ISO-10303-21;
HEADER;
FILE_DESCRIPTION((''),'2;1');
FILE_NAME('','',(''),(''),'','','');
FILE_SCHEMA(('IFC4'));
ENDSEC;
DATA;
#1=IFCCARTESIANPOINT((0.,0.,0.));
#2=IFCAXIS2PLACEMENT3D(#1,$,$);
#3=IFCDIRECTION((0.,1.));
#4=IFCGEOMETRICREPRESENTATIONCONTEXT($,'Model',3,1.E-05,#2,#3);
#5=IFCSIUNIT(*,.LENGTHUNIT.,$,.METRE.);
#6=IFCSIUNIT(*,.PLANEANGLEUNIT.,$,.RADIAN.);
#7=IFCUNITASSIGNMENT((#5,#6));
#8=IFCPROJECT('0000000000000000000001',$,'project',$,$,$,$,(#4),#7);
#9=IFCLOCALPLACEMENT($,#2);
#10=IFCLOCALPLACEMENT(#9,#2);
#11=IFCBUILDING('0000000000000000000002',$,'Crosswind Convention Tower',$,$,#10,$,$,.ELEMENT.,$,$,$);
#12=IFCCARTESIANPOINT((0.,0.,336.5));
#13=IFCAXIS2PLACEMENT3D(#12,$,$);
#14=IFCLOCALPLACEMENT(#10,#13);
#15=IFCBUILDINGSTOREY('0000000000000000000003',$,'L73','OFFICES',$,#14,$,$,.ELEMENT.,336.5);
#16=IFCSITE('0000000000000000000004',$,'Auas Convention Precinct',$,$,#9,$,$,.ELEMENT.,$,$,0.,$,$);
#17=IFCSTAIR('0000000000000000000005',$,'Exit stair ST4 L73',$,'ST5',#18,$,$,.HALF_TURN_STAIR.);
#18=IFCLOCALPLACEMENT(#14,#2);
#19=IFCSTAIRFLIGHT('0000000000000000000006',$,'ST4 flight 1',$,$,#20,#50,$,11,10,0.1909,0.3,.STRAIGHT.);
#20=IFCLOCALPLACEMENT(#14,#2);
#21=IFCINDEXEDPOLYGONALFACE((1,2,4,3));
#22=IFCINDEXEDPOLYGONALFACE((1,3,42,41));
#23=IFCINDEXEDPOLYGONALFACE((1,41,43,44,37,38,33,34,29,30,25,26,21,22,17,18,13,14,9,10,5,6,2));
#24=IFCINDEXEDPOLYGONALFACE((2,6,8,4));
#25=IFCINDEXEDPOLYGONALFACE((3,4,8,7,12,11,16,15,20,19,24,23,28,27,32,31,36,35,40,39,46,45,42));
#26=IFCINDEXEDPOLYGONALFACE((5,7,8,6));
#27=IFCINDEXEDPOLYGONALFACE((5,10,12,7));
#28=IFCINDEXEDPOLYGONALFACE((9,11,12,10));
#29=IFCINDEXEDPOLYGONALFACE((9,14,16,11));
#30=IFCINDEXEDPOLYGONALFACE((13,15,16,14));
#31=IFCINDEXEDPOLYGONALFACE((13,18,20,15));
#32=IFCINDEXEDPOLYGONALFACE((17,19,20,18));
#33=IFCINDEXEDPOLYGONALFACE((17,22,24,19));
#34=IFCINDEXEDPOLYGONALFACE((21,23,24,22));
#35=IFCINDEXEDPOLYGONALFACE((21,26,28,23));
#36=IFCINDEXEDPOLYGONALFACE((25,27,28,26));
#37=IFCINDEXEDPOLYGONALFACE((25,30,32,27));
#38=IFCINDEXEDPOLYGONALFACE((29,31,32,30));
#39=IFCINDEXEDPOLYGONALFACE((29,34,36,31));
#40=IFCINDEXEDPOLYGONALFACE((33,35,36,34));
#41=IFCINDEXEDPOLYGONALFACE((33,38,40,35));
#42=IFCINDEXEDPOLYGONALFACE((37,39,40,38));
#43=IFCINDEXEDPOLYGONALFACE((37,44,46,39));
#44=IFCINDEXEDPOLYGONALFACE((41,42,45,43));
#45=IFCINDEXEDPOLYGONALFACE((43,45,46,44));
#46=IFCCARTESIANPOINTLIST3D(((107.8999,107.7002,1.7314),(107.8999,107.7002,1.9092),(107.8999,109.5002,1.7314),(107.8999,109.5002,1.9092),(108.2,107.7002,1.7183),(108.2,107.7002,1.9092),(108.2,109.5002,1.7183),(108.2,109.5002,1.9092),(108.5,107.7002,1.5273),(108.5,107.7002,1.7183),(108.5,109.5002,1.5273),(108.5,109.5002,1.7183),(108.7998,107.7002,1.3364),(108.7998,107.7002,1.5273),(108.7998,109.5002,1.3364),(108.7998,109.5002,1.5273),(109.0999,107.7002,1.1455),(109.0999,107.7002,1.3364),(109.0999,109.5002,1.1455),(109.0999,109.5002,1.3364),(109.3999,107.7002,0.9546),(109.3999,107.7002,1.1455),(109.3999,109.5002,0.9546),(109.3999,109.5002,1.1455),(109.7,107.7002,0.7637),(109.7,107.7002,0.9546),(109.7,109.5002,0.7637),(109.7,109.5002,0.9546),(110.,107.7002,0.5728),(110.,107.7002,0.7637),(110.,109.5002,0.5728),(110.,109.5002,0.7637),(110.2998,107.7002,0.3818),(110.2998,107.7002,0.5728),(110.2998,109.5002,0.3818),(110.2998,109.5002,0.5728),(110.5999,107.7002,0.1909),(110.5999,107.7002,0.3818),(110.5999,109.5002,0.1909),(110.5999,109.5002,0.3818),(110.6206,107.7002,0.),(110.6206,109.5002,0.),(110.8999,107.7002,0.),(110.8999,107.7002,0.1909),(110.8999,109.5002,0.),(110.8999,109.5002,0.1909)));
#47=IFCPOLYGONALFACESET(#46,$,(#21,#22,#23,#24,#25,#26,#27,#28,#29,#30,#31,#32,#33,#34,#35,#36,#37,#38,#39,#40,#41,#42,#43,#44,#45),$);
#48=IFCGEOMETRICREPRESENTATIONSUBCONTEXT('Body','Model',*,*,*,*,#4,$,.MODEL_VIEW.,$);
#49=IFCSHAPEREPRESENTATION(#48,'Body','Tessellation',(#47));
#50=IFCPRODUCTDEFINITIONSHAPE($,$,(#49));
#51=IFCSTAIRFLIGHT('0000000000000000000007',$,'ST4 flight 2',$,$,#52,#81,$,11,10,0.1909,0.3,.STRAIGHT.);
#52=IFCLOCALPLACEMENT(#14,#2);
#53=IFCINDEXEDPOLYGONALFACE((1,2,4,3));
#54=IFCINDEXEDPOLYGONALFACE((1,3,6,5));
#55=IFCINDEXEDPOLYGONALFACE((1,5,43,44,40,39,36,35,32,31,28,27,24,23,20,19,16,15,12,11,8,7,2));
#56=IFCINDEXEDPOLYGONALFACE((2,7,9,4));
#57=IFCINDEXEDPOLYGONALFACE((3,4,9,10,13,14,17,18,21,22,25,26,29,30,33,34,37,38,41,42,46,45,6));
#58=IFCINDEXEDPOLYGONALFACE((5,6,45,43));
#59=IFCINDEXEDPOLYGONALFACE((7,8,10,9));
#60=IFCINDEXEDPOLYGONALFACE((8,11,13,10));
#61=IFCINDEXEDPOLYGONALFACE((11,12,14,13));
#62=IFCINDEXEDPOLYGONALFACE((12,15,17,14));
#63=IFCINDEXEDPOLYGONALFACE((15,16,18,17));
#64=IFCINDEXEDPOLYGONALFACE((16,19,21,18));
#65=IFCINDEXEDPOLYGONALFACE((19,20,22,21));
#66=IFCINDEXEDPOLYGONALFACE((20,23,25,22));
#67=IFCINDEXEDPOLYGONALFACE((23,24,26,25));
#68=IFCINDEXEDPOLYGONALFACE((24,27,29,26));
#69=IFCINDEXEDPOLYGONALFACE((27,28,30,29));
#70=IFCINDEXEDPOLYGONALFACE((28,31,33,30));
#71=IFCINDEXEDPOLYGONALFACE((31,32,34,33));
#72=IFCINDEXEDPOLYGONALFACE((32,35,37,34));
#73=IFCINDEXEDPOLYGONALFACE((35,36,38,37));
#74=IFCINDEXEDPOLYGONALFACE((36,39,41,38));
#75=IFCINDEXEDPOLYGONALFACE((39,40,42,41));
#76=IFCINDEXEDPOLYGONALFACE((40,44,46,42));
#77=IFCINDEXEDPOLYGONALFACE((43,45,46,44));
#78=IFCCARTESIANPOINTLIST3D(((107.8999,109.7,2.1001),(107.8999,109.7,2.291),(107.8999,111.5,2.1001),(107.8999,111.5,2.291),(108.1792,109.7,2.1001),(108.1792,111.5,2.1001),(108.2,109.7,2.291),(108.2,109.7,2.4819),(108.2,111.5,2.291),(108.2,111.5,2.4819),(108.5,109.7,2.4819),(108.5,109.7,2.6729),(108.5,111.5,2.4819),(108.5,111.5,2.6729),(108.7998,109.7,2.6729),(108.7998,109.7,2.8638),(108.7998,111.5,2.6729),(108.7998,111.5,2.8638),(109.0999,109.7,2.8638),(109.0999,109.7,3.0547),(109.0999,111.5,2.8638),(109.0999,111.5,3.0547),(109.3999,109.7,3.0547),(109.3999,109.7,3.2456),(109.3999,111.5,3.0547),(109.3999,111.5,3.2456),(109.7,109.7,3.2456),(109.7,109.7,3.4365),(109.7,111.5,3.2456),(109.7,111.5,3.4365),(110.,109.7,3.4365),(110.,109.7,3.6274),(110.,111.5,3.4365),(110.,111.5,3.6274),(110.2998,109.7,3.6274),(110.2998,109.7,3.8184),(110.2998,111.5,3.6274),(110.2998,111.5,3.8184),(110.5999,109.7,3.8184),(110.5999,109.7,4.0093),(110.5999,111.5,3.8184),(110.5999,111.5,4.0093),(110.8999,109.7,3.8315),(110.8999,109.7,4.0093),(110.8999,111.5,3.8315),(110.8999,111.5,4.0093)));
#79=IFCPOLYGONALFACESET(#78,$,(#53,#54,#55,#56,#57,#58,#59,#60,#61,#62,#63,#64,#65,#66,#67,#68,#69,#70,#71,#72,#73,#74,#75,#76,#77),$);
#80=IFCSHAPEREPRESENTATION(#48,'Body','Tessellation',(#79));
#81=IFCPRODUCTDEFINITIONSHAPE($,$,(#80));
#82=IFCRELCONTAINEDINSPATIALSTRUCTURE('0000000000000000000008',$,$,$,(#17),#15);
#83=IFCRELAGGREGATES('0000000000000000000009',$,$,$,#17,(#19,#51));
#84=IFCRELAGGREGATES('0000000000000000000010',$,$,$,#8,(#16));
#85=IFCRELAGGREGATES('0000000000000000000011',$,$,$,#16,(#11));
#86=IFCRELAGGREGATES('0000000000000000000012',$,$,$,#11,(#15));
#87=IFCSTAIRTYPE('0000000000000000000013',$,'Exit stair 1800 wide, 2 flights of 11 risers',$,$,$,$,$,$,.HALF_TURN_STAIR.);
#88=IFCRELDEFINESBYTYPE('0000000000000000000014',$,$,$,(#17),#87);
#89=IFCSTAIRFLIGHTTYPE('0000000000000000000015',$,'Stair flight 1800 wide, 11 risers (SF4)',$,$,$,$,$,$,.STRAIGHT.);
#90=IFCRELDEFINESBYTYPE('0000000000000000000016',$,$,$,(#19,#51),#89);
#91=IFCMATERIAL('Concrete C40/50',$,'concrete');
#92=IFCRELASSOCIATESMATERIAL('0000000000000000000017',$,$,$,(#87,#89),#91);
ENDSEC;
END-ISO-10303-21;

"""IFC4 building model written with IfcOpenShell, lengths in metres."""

from ifc_helpers import new_model, si_unit, direction, frame, origin, place, context, subcontext, project, spatial, polyline, outline, extrude, material, type_object, element, aggregate, save


model = new_model("IFC4")

# Units and contexts
model_context = context("Model", 3, precision=1e-05, world=origin(), true_north=direction((0.0, 1.0)))
body_context = subcontext(model_context, "Body", "Model", "MODEL_VIEW")
ifc_project = project(units=[si_unit("LENGTHUNIT", "METRE"), si_unit("PLANEANGLEUNIT", "RADIAN")], contexts=[model_context])

# Site, building, storey
site_placement = place(None, origin())
site = spatial("IfcSite", under=ifc_project, at=site_placement, Name="Auas Convention Precinct", CompositionType="ELEMENT", RefElevation=0.0)
building_placement = place(site_placement, origin())
building = spatial("IfcBuilding", under=site, at=building_placement, Name="Crosswind Convention Tower", CompositionType="ELEMENT")
storey_placement = place(building_placement, frame((0.0, 0.0, 336.5)))
storey = spatial("IfcBuildingStorey", under=building, at=storey_placement, Name="L73", Description="OFFICES", CompositionType="ELEMENT", Elevation=336.5)

# Stair, stair flights
ifc_material_1 = material(Name="Concrete C40/50", Category="concrete")
stair_type = type_object("IfcStairType", Name="Exit stair 1800 wide, 2 flights of 11 risers", PredefinedType="HALF_TURN_STAIR", material=ifc_material_1)
stair_placement = place(storey_placement, origin())
stair = element("IfcStair", 1, at=stair_placement, inside=storey, type_object=stair_type, Name="Exit stair ST4 L73", ObjectType="ST5", PredefinedType="HALF_TURN_STAIR")
stair_flight_type = type_object("IfcStairFlightType", Name="Stair flight 1800 wide, 11 risers (SF4)", PredefinedType="STRAIGHT", material=ifc_material_1)
stair_flight_1_placement = place(storey_placement, frame((110.8999, 108.6001, 0.0), z_axis=(0.0, 0.0, 1.0), x_axis=(-1.0, 0.0, 0.0)))
stair_flight_1 = element("IfcStairFlight", 2, at=stair_flight_1_placement, type_object=stair_flight_type, Name="ST4 flight 1", NumberOfRisers=11, NumberOfTreads=10, PredefinedType="STRAIGHT", RiserHeight=0.1909, TreadLength=0.3, context=body_context, shape_type="SweptSolid", body=[
    extrude(outline(polyline([(0.0, 0.0), (0.0, 0.1909), (0.3, 0.1909), (0.3, 0.3818), (0.6001, 0.3818), (0.6001, 0.5728), (0.8999, 0.5728), (0.8999, 0.7637), (1.2, 0.7637), (1.2, 0.9546), (1.5, 0.9546), (1.5, 1.1455), (1.8, 1.1455), (1.8, 1.3364), (2.1001, 1.3364), (2.1001, 1.5273), (2.3999, 1.5273), (2.3999, 1.7183), (2.7, 1.7183), (2.7, 1.9092), (3.0, 1.9092), (3.0, 2.1001), (3.0, 1.7314), (0.2793, 0.0), (0.0, 0.0)])), frame((0.0, 0.8999, 0.0), z_axis=(0.0, -1.0, 0.0), x_axis=(1.0, 0.0, 0.0)), (0.0, 0.0, 1.0), 1.8),
])
stair_flight_2_placement = place(storey_placement, frame((107.8999, 110.6001, 2.1001), z_axis=(0.0, 0.0, 1.0), x_axis=(1.0, 0.0, 0.0)))
stair_flight_2 = element("IfcStairFlight", 3, at=stair_flight_2_placement, type_object=stair_flight_type, Name="ST4 flight 2", NumberOfRisers=11, NumberOfTreads=10, PredefinedType="STRAIGHT", RiserHeight=0.1909, TreadLength=0.3, context=body_context, shape_type="SweptSolid", body=[
    extrude(outline(polyline([(0.0, 0.0), (0.0, 0.1909), (0.3, 0.1909), (0.3, 0.3818), (0.6001, 0.3818), (0.6001, 0.5728), (0.8999, 0.5728), (0.8999, 0.7637), (1.2, 0.7637), (1.2, 0.9546), (1.5, 0.9546), (1.5, 1.1455), (1.8, 1.1455), (1.8, 1.3364), (2.1001, 1.3364), (2.1001, 1.5273), (2.3999, 1.5273), (2.3999, 1.7183), (2.7, 1.7183), (2.7, 1.9092), (3.0, 1.9092), (3.0, 2.1001), (3.0, 1.7314), (0.2793, 0.0), (0.0, 0.0)])), frame((0.0, 0.8999, 0.0), z_axis=(0.0, -1.0, 0.0), x_axis=(1.0, 0.0, 0.0)), (0.0, 0.0, 1.0), 1.8),
])
aggregate(stair, [stair_flight_1, stair_flight_2])

save(model, "model.ifc")
